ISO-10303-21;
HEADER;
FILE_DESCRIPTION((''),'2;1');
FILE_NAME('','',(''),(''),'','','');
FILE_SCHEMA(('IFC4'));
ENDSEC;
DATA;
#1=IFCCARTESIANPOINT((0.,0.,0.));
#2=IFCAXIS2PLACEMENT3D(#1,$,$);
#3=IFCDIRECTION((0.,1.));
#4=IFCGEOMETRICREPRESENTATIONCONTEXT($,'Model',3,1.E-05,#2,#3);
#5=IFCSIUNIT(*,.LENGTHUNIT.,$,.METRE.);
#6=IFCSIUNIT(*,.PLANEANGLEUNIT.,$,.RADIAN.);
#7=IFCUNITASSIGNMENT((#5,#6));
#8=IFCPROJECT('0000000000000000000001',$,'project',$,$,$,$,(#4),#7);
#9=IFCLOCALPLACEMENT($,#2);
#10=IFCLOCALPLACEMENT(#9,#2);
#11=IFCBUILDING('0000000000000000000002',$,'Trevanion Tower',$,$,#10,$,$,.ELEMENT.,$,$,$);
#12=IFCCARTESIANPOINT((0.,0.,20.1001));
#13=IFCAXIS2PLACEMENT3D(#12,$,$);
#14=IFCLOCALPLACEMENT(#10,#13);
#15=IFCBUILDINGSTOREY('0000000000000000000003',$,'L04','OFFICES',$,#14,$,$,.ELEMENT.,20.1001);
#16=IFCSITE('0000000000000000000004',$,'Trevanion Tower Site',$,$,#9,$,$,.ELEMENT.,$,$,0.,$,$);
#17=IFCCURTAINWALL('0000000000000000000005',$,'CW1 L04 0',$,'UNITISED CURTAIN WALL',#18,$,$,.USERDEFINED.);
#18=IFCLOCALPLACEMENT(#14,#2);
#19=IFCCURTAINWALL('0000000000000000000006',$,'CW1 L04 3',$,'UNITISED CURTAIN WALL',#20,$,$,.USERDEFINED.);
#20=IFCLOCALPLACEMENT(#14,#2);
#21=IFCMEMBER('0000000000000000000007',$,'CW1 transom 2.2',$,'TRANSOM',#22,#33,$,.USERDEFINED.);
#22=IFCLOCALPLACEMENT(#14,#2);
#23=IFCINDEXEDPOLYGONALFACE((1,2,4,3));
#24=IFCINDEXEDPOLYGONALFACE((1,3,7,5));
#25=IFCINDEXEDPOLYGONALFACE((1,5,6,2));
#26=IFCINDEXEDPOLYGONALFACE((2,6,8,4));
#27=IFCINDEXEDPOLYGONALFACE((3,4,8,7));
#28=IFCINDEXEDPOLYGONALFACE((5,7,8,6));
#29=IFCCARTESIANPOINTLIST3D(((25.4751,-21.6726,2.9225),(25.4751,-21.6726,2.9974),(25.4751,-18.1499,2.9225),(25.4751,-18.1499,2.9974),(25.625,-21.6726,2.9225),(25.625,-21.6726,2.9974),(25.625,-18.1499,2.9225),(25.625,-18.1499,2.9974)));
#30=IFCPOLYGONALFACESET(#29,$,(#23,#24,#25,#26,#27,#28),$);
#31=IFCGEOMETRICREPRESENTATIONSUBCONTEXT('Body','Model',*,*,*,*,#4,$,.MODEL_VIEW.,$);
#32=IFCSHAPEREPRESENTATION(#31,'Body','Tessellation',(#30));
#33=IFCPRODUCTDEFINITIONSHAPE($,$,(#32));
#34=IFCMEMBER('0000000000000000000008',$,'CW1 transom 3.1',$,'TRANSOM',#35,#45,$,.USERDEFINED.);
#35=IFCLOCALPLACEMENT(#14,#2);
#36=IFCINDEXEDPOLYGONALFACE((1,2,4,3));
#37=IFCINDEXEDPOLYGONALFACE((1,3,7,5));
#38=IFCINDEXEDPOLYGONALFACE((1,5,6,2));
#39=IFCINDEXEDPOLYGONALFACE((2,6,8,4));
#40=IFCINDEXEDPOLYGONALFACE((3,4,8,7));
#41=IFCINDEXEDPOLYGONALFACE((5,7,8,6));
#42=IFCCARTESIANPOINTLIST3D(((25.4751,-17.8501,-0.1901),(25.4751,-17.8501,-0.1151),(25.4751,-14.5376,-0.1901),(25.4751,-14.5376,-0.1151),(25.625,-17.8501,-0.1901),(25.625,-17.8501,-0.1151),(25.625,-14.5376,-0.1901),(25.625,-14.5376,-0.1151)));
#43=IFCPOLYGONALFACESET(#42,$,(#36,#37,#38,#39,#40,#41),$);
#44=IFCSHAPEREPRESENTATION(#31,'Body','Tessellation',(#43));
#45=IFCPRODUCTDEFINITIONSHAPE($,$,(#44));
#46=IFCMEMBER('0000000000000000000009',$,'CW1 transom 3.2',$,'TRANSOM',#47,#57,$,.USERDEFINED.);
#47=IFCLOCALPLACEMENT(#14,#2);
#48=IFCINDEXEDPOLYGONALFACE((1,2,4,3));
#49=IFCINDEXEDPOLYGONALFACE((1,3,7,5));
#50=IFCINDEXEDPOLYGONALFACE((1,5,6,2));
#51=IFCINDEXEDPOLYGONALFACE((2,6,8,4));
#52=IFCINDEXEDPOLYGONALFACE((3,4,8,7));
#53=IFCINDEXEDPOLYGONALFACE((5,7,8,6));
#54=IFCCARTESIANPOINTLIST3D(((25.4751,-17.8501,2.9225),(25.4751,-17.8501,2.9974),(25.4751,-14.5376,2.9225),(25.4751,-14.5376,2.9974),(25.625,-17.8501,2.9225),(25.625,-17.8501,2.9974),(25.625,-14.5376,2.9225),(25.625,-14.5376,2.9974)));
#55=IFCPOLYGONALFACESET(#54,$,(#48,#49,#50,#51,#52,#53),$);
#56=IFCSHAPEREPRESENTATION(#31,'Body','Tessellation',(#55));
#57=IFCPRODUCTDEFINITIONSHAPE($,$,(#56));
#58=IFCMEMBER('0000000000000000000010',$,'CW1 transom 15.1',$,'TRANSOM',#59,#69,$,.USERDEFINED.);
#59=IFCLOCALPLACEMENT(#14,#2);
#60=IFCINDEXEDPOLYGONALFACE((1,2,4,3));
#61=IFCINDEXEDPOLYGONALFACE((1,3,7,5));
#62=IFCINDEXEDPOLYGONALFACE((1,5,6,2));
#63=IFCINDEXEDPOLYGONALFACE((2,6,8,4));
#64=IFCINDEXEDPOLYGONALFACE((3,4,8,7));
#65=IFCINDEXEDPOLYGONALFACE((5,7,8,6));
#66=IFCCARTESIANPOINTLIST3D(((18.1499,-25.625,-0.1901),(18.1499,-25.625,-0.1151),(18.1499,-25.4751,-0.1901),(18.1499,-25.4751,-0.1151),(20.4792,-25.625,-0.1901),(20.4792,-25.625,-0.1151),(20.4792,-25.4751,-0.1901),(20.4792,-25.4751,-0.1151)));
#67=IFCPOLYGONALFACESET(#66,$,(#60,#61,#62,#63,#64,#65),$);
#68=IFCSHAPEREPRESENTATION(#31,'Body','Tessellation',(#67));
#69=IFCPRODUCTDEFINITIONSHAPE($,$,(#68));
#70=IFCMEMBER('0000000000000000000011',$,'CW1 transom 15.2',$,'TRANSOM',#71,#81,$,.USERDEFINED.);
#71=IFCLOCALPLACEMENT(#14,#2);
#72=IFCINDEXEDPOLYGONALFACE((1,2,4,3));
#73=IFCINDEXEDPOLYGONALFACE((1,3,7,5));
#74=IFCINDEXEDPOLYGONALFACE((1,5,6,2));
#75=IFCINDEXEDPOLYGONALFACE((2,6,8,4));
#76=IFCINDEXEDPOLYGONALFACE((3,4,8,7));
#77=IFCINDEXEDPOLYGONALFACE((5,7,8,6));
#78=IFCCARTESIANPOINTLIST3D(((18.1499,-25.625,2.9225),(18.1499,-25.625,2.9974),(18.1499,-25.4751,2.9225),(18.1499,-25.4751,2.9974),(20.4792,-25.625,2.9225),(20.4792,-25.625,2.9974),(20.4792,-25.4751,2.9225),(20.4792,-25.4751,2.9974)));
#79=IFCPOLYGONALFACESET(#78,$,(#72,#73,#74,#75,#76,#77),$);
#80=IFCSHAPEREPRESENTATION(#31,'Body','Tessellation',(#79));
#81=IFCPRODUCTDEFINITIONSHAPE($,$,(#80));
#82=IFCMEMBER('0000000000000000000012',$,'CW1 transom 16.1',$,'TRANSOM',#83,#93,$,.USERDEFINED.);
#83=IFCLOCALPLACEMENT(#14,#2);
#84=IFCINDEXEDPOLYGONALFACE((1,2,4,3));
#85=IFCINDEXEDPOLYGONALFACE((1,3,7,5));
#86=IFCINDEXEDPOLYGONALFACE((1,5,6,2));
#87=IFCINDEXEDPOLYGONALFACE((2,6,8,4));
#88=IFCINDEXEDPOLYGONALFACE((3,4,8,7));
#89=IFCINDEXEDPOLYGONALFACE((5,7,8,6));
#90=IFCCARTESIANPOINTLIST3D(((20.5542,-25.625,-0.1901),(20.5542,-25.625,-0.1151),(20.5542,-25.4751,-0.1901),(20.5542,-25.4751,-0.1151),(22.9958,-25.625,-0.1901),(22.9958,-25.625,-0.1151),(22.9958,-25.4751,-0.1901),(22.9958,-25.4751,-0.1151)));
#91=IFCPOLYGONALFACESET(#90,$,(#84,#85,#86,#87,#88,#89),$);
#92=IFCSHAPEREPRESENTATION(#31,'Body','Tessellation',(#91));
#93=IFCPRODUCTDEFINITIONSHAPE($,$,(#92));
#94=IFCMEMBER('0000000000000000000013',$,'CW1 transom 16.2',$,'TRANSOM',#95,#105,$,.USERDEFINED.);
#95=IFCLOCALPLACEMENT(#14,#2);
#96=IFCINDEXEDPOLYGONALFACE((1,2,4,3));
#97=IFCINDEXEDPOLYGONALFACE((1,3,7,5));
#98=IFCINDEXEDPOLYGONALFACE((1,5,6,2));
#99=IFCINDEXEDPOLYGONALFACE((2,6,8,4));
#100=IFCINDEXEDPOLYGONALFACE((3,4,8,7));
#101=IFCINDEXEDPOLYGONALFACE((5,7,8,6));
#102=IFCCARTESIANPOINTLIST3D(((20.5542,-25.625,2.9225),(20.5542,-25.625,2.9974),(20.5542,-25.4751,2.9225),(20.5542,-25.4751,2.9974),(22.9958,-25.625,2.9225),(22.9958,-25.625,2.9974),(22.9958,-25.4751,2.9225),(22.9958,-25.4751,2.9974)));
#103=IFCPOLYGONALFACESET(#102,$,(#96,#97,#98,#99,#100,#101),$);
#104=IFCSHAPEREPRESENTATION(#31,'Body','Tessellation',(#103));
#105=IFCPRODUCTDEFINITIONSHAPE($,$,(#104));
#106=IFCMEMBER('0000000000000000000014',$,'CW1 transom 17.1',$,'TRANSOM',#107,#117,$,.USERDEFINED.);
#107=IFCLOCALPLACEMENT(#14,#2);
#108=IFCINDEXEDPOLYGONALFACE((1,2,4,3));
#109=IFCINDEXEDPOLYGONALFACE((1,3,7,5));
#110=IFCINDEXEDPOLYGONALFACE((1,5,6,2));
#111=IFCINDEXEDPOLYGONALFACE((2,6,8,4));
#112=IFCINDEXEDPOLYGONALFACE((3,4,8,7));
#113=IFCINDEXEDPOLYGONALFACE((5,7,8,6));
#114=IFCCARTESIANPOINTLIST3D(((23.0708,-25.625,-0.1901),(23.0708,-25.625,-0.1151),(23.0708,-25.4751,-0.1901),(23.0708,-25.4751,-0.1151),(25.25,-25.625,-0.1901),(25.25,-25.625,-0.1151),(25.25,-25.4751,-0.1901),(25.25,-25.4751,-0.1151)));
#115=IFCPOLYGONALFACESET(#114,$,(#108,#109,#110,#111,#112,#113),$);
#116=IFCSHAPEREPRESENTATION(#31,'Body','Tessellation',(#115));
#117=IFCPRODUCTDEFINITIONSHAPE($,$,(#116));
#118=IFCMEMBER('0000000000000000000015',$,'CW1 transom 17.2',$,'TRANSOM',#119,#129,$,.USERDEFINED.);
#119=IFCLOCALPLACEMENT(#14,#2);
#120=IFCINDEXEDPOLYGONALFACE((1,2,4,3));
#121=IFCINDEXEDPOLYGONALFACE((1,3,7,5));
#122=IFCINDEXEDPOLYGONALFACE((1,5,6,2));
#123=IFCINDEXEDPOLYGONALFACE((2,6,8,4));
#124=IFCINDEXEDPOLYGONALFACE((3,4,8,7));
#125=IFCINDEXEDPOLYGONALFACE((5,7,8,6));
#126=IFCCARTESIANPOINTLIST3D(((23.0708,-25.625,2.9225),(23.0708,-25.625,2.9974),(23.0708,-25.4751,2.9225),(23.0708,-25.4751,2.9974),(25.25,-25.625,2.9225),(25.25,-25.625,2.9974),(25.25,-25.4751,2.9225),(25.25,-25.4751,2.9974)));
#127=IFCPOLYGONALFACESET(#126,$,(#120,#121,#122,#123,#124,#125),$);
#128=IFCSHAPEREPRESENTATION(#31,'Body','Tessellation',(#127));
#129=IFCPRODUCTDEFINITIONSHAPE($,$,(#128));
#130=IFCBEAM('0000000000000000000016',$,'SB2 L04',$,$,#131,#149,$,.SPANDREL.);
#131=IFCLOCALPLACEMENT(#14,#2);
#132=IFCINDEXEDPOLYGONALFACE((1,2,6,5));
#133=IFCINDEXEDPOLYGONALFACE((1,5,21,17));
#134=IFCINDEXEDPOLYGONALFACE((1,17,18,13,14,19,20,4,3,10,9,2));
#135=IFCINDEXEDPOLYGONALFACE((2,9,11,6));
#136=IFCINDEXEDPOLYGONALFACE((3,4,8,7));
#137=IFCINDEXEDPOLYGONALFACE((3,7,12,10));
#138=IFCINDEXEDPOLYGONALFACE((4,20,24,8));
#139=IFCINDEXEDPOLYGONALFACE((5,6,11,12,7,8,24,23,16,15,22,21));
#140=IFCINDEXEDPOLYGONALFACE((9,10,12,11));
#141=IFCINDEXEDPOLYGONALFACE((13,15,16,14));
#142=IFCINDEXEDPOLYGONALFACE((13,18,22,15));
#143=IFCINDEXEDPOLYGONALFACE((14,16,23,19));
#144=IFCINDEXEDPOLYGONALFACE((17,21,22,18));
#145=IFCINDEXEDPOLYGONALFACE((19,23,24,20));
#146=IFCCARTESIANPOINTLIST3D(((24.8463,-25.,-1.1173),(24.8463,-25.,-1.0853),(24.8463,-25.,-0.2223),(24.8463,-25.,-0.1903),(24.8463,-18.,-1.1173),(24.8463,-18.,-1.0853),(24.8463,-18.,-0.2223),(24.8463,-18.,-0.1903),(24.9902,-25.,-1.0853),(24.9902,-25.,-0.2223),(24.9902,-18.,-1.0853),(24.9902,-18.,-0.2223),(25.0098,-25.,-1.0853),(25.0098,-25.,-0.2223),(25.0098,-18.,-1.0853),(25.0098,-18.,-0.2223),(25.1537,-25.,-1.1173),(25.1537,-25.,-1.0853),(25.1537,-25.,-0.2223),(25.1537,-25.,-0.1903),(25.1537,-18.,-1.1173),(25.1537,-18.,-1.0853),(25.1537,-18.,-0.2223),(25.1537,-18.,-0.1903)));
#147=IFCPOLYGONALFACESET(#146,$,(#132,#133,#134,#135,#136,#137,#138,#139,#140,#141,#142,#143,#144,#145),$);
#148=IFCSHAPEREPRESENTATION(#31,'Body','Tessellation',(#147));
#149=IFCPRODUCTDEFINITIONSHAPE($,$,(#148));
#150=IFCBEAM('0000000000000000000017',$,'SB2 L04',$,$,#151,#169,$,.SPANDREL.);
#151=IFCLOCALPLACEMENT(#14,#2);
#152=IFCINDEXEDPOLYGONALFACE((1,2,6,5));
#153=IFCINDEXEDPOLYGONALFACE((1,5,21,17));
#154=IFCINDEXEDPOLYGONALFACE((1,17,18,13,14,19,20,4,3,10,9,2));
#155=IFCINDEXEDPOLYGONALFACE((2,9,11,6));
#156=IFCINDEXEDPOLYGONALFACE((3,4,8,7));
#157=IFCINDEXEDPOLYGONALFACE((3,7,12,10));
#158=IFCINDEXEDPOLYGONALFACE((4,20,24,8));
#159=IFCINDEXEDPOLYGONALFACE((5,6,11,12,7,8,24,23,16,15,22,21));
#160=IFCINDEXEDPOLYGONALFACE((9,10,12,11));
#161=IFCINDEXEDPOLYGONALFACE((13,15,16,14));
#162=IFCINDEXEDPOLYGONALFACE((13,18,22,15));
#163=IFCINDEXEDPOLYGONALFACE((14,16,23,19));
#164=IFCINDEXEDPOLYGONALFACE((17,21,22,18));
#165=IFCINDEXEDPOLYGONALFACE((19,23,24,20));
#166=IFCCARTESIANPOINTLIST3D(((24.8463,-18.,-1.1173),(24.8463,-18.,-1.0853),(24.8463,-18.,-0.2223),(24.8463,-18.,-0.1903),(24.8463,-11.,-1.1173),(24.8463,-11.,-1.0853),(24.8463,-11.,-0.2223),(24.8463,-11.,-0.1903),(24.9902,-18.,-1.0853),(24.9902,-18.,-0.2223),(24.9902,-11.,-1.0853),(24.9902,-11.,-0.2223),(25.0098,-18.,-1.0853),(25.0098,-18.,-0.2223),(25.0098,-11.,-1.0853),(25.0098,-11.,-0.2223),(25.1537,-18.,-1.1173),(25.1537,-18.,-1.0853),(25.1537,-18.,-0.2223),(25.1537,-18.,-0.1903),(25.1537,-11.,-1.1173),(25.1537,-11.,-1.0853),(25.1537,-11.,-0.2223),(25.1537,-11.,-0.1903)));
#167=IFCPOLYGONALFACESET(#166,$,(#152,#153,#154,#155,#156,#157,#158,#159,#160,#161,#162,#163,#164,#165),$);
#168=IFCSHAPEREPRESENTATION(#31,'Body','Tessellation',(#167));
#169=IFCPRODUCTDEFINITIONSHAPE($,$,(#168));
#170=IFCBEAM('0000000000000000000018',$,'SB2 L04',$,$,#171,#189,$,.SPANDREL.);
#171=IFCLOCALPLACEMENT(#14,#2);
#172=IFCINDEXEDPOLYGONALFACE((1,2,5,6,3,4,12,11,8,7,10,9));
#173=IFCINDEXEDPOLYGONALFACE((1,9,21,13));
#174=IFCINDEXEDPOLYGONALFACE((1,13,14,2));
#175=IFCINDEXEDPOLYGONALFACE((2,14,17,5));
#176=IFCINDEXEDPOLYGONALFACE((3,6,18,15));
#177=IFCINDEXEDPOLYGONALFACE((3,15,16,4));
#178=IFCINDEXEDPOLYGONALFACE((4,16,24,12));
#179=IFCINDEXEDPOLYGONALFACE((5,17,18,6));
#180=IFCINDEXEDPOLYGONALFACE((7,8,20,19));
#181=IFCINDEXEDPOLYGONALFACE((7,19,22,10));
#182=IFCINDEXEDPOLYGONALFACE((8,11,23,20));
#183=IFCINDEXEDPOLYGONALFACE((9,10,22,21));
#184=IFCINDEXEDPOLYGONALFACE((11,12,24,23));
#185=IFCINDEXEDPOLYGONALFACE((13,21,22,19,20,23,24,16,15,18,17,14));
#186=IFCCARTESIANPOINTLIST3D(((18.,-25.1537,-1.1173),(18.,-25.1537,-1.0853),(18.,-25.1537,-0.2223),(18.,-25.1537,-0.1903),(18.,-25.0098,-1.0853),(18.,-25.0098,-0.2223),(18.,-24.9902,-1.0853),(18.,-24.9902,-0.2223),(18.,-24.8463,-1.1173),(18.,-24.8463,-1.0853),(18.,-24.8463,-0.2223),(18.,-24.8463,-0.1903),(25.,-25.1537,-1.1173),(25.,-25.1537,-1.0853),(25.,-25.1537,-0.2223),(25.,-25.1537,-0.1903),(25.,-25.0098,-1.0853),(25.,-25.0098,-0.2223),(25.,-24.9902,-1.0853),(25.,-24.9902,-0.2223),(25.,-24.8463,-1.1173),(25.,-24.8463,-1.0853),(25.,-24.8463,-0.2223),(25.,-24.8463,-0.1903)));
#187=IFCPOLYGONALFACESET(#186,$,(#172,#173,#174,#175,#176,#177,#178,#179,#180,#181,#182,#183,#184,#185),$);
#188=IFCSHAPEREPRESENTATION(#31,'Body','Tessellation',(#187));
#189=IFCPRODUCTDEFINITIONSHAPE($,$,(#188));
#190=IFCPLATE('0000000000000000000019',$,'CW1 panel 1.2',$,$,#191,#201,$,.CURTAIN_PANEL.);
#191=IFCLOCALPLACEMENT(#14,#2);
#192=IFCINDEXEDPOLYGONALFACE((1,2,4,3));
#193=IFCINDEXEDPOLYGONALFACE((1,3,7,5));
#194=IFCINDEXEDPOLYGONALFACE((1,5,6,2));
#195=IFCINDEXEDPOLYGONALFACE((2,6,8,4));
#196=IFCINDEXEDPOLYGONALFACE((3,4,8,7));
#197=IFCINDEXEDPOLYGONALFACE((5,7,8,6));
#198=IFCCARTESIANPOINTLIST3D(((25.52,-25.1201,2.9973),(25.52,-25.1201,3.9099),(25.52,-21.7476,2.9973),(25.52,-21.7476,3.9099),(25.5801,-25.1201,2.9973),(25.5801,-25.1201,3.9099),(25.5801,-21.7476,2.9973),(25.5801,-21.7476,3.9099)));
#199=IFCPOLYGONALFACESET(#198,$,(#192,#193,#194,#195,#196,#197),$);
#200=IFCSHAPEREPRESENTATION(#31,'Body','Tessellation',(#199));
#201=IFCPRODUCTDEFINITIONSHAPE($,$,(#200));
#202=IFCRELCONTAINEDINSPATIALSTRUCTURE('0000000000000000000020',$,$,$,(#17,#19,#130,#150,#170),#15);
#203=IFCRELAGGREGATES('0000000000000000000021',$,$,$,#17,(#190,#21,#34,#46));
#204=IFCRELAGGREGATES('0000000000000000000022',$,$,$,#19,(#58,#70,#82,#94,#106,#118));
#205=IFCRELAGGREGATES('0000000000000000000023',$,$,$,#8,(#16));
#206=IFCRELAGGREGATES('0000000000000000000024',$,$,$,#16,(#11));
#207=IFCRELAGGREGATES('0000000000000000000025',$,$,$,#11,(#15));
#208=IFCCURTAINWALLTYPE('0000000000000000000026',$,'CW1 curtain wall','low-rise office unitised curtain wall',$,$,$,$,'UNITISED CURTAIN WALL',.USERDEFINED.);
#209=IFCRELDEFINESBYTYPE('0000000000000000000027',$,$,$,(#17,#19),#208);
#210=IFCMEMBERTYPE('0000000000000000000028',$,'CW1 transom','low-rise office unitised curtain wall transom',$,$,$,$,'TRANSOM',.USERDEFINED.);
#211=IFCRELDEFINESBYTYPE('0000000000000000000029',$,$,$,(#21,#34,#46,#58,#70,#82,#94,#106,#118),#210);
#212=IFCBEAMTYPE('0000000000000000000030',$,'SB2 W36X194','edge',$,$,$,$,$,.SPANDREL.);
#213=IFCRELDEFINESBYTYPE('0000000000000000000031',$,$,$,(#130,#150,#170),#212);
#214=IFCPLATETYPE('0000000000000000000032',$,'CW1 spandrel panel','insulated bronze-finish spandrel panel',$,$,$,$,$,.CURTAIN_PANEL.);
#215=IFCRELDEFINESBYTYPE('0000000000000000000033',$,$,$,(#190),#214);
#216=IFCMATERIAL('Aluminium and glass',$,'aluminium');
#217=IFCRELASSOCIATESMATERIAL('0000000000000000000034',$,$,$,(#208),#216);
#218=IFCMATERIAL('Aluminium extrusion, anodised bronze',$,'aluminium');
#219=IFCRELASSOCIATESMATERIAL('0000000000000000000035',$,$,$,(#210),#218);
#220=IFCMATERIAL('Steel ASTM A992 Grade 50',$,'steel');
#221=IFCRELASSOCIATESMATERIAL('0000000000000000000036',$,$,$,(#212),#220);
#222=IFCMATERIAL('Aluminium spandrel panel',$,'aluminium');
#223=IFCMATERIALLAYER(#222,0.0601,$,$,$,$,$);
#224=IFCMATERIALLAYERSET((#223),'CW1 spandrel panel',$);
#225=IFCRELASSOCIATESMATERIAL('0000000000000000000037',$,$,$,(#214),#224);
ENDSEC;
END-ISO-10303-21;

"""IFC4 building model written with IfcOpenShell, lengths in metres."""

from ifc_helpers import new_model, si_unit, direction, frame, origin, origin_2d, place, context, subcontext, project, spatial, rectangle, i_section, extrude, material, layer, layer_set, material_profile, profile_set, type_object, element, aggregate, save


model = new_model("IFC4")

# Units and contexts
model_context = context("Model", 3, precision=1e-05, world=origin(), true_north=direction((0.0, 1.0)))
body_context = subcontext(model_context, "Body", "Model", "MODEL_VIEW")
ifc_project = project(units=[si_unit("LENGTHUNIT", "METRE"), si_unit("PLANEANGLEUNIT", "RADIAN")], contexts=[model_context])

# Site, building, storey
site_placement = place(None, origin())
site = spatial("IfcSite", under=ifc_project, at=site_placement, Name="Trevanion Tower Site", CompositionType="ELEMENT", RefElevation=0.0)
building_placement = place(site_placement, origin())
building = spatial("IfcBuilding", under=site, at=building_placement, Name="Trevanion Tower", CompositionType="ELEMENT")
storey_placement = place(building_placement, frame((0.0, 0.0, 20.1001)))
storey = spatial("IfcBuildingStorey", under=building, at=storey_placement, Name="L04", Description="OFFICES", CompositionType="ELEMENT", Elevation=20.1001)

# Curtain wall
ifc_material_1 = material(Name="Aluminium and glass", Category="aluminium")
curtain_wall_type = type_object("IfcCurtainWallType", Name="CW1 curtain wall", Description="low-rise office unitised curtain wall", ElementType="UNITISED CURTAIN WALL", PredefinedType="USERDEFINED", material=ifc_material_1)
curtain_wall_1_placement = place(storey_placement, origin())
curtain_wall_1 = element("IfcCurtainWall", 1, at=curtain_wall_1_placement, inside=storey, type_object=curtain_wall_type, Name="CW1 L04 0", ObjectType="UNITISED CURTAIN WALL", PredefinedType="USERDEFINED")

# Curtain wall
curtain_wall_2_placement = place(storey_placement, origin())
curtain_wall_2 = element("IfcCurtainWall", 2, at=curtain_wall_2_placement, inside=storey, type_object=curtain_wall_type, Name="CW1 L04 3", ObjectType="UNITISED CURTAIN WALL", PredefinedType="USERDEFINED")

# Members
ifc_material_2 = material(Name="Aluminium extrusion, anodised bronze", Category="aluminium")
ifc_material_profile_1 = material_profile(ifc_material_2, rectangle(XDim=0.1499, YDim=0.075, at=origin_2d()), Name="CW1 transom")
ifc_profile_set_1 = profile_set([ifc_material_profile_1], Name="Aluminium extrusion, anodised bronze")
member_type_1 = type_object("IfcMemberType", Name="CW1 transom", Description="low-rise office unitised curtain wall transom", ElementType="TRANSOM", PredefinedType="USERDEFINED", material=ifc_profile_set_1)
member_1_placement = place(storey_placement, frame((25.55, -21.6726, 2.96), z_axis=(0.0, 1.0, 0.0), x_axis=(-1.0, 0.0, 0.0)))
member_1 = element("IfcMember", 3, at=member_1_placement, type_object=member_type_1, Name="CW1 transom 2.2", ObjectType="TRANSOM", PredefinedType="USERDEFINED", context=body_context, shape_type="SweptSolid", body=[
    extrude(rectangle(XDim=0.1499, YDim=0.075, at=origin_2d()), origin(), (0.0, 0.0, 1.0), 3.5227),
])
member_2_placement = place(storey_placement, frame((25.55, -17.8501, -0.1526), z_axis=(0.0, 1.0, 0.0), x_axis=(-1.0, 0.0, 0.0)))
member_2 = element("IfcMember", 4, at=member_2_placement, type_object=member_type_1, Name="CW1 transom 3.1", ObjectType="TRANSOM", PredefinedType="USERDEFINED", context=body_context, shape_type="SweptSolid", body=[
    extrude(rectangle(XDim=0.1499, YDim=0.075, at=origin_2d()), origin(), (0.0, 0.0, 1.0), 3.3125),
])
member_3_placement = place(storey_placement, frame((25.55, -17.8501, 2.96), z_axis=(0.0, 1.0, 0.0), x_axis=(-1.0, 0.0, 0.0)))
member_3 = element("IfcMember", 5, at=member_3_placement, type_object=member_type_1, Name="CW1 transom 3.2", ObjectType="TRANSOM", PredefinedType="USERDEFINED", context=body_context, shape_type="SweptSolid", body=[
    extrude(rectangle(XDim=0.1499, YDim=0.075, at=origin_2d()), origin(), (0.0, 0.0, 1.0), 3.3125),
])
member_4_placement = place(storey_placement, frame((18.1499, -25.55, -0.1526), z_axis=(1.0, 0.0, 0.0), x_axis=(0.0, 1.0, 0.0)))
member_4 = element("IfcMember", 6, at=member_4_placement, type_object=member_type_1, Name="CW1 transom 15.1", ObjectType="TRANSOM", PredefinedType="USERDEFINED", context=body_context, shape_type="SweptSolid", body=[
    extrude(rectangle(XDim=0.1499, YDim=0.075, at=origin_2d()), origin(), (0.0, 0.0, 1.0), 2.3293),
])
member_5_placement = place(storey_placement, frame((18.1499, -25.55, 2.96), z_axis=(1.0, 0.0, 0.0), x_axis=(0.0, 1.0, 0.0)))
member_5 = element("IfcMember", 7, at=member_5_placement, type_object=member_type_1, Name="CW1 transom 15.2", ObjectType="TRANSOM", PredefinedType="USERDEFINED", context=body_context, shape_type="SweptSolid", body=[
    extrude(rectangle(XDim=0.1499, YDim=0.075, at=origin_2d()), origin(), (0.0, 0.0, 1.0), 2.3293),
])
member_6_placement = place(storey_placement, frame((20.5542, -25.55, -0.1526), z_axis=(1.0, 0.0, 0.0), x_axis=(0.0, 1.0, 0.0)))
member_6 = element("IfcMember", 8, at=member_6_placement, type_object=member_type_1, Name="CW1 transom 16.1", ObjectType="TRANSOM", PredefinedType="USERDEFINED", context=body_context, shape_type="SweptSolid", body=[
    extrude(rectangle(XDim=0.1499, YDim=0.075, at=origin_2d()), origin(), (0.0, 0.0, 1.0), 2.4417),
])
member_7_placement = place(storey_placement, frame((20.5542, -25.55, 2.96), z_axis=(1.0, 0.0, 0.0), x_axis=(0.0, 1.0, 0.0)))
member_7 = element("IfcMember", 9, at=member_7_placement, type_object=member_type_1, Name="CW1 transom 16.2", ObjectType="TRANSOM", PredefinedType="USERDEFINED", context=body_context, shape_type="SweptSolid", body=[
    extrude(rectangle(XDim=0.1499, YDim=0.075, at=origin_2d()), origin(), (0.0, 0.0, 1.0), 2.4417),
])
member_8_placement = place(storey_placement, frame((23.0708, -25.55, -0.1526), z_axis=(1.0, 0.0, 0.0), x_axis=(0.0, 1.0, 0.0)))
member_8 = element("IfcMember", 10, at=member_8_placement, type_object=member_type_1, Name="CW1 transom 17.1", ObjectType="TRANSOM", PredefinedType="USERDEFINED", context=body_context, shape_type="SweptSolid", body=[
    extrude(rectangle(XDim=0.1499, YDim=0.075, at=origin_2d()), origin(), (0.0, 0.0, 1.0), 2.1792),
])
member_9_placement = place(storey_placement, frame((23.0708, -25.55, 2.96), z_axis=(1.0, 0.0, 0.0), x_axis=(0.0, 1.0, 0.0)))
member_9 = element("IfcMember", 11, at=member_9_placement, type_object=member_type_1, Name="CW1 transom 17.2", ObjectType="TRANSOM", PredefinedType="USERDEFINED", context=body_context, shape_type="SweptSolid", body=[
    extrude(rectangle(XDim=0.1499, YDim=0.075, at=origin_2d()), origin(), (0.0, 0.0, 1.0), 2.1792),
])

# Beams
ifc_material_3 = material(Name="Steel ASTM A992 Grade 50", Category="steel")
ifc_material_profile_2 = material_profile(ifc_material_3, i_section(OverallWidth=0.3074, OverallDepth=0.927, WebThickness=0.0195, FlangeThickness=0.032, at=origin_2d()), Name="W36X194")
ifc_profile_set_2 = profile_set([ifc_material_profile_2], Name="Steel ASTM A992 Grade 50")
beam_type = type_object("IfcBeamType", Name="SB2 W36X194", Description="edge", PredefinedType="SPANDREL", material=ifc_profile_set_2)
for number, where, z_axis, x_axis, name in (
    (12, (25.0, -25.0, -0.6538), (0.0, 1.0, 0.0), (-1.0, 0.0, 0.0), "SB2 L04"),
    (13, (25.0, -18.0, -0.6538), (0.0, 1.0, 0.0), (-1.0, 0.0, 0.0), "SB2 L04"),
    (14, (18.0, -25.0, -0.6538), (1.0, 0.0, 0.0), (0.0, 1.0, 0.0), "SB2 L04"),
):
    element("IfcBeam", number, at=place(storey_placement, frame(where, z_axis=z_axis, x_axis=x_axis)), inside=storey, type_object=beam_type, Name=name, PredefinedType="SPANDREL", context=body_context, shape_type="SweptSolid", body=[
        extrude(i_section(OverallWidth=0.3074, OverallDepth=0.927, WebThickness=0.0195, FlangeThickness=0.032, at=origin_2d()), origin(), (0.0, 0.0, 1.0), 7.0),
    ])

# Plate
ifc_material_4 = material(Name="Aluminium spandrel panel", Category="aluminium")
ifc_layer_1 = layer(ifc_material_4, 0.0601)
ifc_layer_set_1 = layer_set([ifc_layer_1], Name="CW1 spandrel panel")
plate_type_1 = type_object("IfcPlateType", Name="CW1 spandrel panel", Description="insulated bronze-finish spandrel panel", PredefinedType="CURTAIN_PANEL", material=ifc_layer_set_1)
plate_1_placement = place(storey_placement, frame((25.55, -23.4338, 2.9973), z_axis=(0.0, 0.0, 1.0), x_axis=(0.0, 1.0, 0.0)))
plate_1 = element("IfcPlate", 15, at=plate_1_placement, type_object=plate_type_1, Name="CW1 panel 1.2", PredefinedType="CURTAIN_PANEL", context=body_context, shape_type="SweptSolid", body=[
    extrude(rectangle(XDim=3.3726, YDim=0.0601, at=origin_2d()), origin(), (0.0, 0.0, 1.0), 0.9126),
])
aggregate(curtain_wall_1, [plate_1, member_1, member_2, member_3])
aggregate(curtain_wall_2, [member_4, member_5, member_6, member_7, member_8, member_9])

save(model, "model.ifc")
